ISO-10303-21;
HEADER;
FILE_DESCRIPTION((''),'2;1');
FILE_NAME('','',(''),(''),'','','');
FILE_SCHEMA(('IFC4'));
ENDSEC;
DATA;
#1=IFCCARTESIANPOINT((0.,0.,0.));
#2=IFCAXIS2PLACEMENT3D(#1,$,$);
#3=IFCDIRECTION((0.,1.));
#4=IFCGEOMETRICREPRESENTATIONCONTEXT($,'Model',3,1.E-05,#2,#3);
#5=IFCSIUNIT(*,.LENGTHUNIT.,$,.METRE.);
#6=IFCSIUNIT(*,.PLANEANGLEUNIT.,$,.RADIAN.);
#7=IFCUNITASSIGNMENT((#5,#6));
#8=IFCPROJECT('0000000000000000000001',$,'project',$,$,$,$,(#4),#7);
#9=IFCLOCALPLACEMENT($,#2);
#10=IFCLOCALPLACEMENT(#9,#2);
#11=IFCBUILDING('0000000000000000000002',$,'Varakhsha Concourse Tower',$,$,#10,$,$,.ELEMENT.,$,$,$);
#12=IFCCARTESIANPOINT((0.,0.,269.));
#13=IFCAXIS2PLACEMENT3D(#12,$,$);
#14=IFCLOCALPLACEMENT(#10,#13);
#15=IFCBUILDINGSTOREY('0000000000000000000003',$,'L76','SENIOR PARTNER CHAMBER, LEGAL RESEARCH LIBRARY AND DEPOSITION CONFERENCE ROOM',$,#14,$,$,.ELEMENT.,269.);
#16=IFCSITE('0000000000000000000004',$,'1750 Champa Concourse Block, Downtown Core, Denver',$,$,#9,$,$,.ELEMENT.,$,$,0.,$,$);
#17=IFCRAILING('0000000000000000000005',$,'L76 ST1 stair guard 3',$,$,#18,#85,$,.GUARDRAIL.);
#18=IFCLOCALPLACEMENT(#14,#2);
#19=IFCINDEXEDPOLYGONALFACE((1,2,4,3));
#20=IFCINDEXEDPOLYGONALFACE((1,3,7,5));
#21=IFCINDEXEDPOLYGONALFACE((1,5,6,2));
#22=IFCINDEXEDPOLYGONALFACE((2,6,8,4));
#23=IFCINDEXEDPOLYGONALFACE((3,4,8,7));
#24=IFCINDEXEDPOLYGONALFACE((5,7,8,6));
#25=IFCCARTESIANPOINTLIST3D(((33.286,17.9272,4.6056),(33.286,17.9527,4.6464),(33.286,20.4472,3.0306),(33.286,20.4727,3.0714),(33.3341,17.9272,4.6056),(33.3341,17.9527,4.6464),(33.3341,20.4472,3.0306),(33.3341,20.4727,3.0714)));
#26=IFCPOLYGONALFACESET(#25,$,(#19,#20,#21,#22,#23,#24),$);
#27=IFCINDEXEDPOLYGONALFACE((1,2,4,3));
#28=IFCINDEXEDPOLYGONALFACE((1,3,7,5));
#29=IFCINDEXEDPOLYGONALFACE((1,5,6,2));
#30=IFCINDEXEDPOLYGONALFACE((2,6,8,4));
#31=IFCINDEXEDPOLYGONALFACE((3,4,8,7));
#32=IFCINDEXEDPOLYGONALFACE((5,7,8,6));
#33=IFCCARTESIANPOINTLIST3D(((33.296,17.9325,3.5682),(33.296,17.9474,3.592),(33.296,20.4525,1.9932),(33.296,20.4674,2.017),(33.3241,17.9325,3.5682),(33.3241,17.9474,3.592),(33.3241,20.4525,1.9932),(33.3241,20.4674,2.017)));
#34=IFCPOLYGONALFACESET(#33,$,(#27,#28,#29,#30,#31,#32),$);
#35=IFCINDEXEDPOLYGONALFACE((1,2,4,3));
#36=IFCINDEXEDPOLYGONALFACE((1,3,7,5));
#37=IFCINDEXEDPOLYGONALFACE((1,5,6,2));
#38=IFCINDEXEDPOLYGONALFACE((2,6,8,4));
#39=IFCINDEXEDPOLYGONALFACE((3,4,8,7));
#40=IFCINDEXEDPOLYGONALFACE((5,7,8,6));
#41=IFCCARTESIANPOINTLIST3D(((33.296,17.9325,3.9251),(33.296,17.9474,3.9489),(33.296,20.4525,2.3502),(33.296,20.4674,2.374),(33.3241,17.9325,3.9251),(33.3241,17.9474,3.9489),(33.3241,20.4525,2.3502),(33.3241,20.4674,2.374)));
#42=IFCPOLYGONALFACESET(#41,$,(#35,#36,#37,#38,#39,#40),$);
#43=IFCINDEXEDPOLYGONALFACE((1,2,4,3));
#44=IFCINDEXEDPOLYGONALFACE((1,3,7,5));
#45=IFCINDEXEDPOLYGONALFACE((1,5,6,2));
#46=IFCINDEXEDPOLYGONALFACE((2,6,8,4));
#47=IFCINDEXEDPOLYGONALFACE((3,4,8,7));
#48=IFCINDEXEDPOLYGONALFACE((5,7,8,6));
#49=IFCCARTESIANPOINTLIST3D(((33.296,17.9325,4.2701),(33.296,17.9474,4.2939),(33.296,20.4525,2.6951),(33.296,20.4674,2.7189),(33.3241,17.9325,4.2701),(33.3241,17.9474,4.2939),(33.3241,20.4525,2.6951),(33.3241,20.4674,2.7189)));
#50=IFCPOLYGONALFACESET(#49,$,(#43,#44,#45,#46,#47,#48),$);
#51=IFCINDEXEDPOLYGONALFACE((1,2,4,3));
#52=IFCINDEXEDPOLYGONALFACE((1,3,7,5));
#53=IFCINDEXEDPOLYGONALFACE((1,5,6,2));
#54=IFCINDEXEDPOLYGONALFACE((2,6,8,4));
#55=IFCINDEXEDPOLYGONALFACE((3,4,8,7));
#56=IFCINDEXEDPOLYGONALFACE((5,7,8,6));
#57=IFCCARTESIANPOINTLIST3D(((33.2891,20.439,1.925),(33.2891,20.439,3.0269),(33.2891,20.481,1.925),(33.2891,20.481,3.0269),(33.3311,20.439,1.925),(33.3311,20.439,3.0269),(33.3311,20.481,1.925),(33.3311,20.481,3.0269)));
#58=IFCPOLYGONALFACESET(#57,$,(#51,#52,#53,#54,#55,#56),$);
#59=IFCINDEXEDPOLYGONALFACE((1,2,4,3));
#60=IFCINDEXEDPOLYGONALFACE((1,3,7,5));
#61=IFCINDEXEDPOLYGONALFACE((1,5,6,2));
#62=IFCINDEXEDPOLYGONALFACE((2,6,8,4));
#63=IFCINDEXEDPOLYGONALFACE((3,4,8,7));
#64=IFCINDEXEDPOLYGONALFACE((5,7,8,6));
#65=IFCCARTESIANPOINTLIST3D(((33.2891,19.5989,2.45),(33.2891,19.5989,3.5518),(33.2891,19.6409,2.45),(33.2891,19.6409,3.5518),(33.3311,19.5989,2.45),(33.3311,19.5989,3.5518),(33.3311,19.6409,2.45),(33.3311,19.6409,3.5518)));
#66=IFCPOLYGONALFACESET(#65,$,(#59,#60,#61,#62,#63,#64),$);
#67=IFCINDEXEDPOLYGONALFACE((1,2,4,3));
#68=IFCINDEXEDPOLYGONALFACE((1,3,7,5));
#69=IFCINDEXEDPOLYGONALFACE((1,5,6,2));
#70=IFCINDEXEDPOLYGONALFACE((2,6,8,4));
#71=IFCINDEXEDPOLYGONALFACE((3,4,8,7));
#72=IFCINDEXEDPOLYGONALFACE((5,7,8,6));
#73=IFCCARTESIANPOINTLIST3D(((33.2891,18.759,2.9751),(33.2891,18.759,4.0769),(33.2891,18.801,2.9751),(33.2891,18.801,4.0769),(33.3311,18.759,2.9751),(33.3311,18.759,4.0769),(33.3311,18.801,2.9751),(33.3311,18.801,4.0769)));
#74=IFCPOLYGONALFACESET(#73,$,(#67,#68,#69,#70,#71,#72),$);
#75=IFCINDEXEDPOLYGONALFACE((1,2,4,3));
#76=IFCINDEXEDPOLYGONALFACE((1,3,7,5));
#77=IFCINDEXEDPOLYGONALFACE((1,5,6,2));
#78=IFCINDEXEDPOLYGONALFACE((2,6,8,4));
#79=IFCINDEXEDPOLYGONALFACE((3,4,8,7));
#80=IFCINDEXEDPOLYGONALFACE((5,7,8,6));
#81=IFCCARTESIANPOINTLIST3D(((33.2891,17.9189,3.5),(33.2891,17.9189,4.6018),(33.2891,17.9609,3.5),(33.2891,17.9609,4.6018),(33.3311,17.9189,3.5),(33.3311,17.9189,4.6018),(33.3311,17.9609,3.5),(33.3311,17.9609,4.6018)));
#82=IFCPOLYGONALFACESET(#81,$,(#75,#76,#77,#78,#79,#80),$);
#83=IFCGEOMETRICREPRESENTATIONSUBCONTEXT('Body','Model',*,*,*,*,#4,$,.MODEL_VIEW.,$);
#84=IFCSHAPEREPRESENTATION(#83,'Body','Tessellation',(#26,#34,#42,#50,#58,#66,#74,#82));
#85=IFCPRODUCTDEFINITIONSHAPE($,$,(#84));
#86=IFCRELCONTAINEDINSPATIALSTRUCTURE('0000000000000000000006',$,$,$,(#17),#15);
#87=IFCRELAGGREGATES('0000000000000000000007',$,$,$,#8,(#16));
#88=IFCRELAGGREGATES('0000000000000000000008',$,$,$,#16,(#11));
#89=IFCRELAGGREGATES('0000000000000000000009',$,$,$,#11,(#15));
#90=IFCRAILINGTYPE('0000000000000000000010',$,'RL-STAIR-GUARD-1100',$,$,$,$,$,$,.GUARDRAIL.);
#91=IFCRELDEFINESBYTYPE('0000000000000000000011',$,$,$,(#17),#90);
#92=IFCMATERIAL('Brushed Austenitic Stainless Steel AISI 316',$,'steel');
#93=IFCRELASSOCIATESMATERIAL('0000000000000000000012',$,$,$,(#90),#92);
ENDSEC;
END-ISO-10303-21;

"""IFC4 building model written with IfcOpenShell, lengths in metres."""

from ifc_helpers import new_model, si_unit, direction, frame, origin, origin_2d, place, context, subcontext, project, spatial, rectangle, extrude, material, type_object, element, save


model = new_model("IFC4")

# Units and contexts
model_context = context("Model", 3, precision=1e-05, world=origin(), true_north=direction((0.0, 1.0)))
body_context = subcontext(model_context, "Body", "Model", "MODEL_VIEW")
ifc_project = project(units=[si_unit("LENGTHUNIT", "METRE"), si_unit("PLANEANGLEUNIT", "RADIAN")], contexts=[model_context])

# Site, building, storey
site_placement = place(None, origin())
site = spatial("IfcSite", under=ifc_project, at=site_placement, Name="1750 Champa Concourse Block, Downtown Core, Denver", CompositionType="ELEMENT", RefElevation=0.0)
building_placement = place(site_placement, origin())
building = spatial("IfcBuilding", under=site, at=building_placement, Name="Varakhsha Concourse Tower", CompositionType="ELEMENT")
storey_placement = place(building_placement, frame((0.0, 0.0, 269.0)))
storey = spatial("IfcBuildingStorey", under=building, at=storey_placement, Name="L76", Description="SENIOR PARTNER CHAMBER, LEGAL RESEARCH LIBRARY AND DEPOSITION CONFERENCE ROOM", CompositionType="ELEMENT", Elevation=269.0)

# Shared definitions
ifc_material_1 = material(Name="Brushed Austenitic Stainless Steel AISI 316", Category="steel")

# Railing
railing_type = type_object("IfcRailingType", Name="RL-STAIR-GUARD-1100", PredefinedType="GUARDRAIL", material=ifc_material_1)
railing_1_placement = place(storey_placement, frame((33.3101, 20.46, 1.925)))
element("IfcRailing", 1, at=railing_1_placement, inside=storey, type_object=railing_type, Name="L76 ST1 stair guard 3", PredefinedType="GUARDRAIL", context=body_context, shape_type="SweptSolid", body=[
    extrude(rectangle(XDim=0.0481, YDim=0.0481, at=origin_2d()), frame((0.0, 0.0, 1.126), z_axis=(0.0, -0.848008, 0.529984), x_axis=(1.0, 0.0, 0.0)), (0.0, 0.0, 1.0), 2.9717),
    extrude(rectangle(XDim=0.0281, YDim=0.0281, at=origin_2d()), frame((0.0, 0.0, 0.0801), z_axis=(0.0, -0.848008, 0.529984), x_axis=(1.0, 0.0, 0.0)), (0.0, 0.0, 1.0), 2.9717),
    extrude(rectangle(XDim=0.0281, YDim=0.0281, at=origin_2d()), frame((0.0, 0.0, 0.437), z_axis=(0.0, -0.848008, 0.529984), x_axis=(1.0, 0.0, 0.0)), (0.0, 0.0, 1.0), 2.9717),
    extrude(rectangle(XDim=0.0281, YDim=0.0281, at=origin_2d()), frame((0.0, 0.0, 0.782), z_axis=(0.0, -0.848008, 0.529984), x_axis=(1.0, 0.0, 0.0)), (0.0, 0.0, 1.0), 2.9717),
    extrude(rectangle(XDim=0.042, YDim=0.042, at=origin_2d()), origin(), (0.0, 0.0, 1.0), 1.1018),
    extrude(rectangle(XDim=0.042, YDim=0.042, at=origin_2d()), frame((0.0, -0.8401, 0.5249)), (0.0, 0.0, 1.0), 1.1018),
    extrude(rectangle(XDim=0.042, YDim=0.042, at=origin_2d()), frame((0.0, -1.6799, 1.05)), (0.0, 0.0, 1.0), 1.1018),
    extrude(rectangle(XDim=0.042, YDim=0.042, at=origin_2d()), frame((0.0, -2.52, 1.575)), (0.0, 0.0, 1.0), 1.1018),
])

save(model, "model.ifc")
